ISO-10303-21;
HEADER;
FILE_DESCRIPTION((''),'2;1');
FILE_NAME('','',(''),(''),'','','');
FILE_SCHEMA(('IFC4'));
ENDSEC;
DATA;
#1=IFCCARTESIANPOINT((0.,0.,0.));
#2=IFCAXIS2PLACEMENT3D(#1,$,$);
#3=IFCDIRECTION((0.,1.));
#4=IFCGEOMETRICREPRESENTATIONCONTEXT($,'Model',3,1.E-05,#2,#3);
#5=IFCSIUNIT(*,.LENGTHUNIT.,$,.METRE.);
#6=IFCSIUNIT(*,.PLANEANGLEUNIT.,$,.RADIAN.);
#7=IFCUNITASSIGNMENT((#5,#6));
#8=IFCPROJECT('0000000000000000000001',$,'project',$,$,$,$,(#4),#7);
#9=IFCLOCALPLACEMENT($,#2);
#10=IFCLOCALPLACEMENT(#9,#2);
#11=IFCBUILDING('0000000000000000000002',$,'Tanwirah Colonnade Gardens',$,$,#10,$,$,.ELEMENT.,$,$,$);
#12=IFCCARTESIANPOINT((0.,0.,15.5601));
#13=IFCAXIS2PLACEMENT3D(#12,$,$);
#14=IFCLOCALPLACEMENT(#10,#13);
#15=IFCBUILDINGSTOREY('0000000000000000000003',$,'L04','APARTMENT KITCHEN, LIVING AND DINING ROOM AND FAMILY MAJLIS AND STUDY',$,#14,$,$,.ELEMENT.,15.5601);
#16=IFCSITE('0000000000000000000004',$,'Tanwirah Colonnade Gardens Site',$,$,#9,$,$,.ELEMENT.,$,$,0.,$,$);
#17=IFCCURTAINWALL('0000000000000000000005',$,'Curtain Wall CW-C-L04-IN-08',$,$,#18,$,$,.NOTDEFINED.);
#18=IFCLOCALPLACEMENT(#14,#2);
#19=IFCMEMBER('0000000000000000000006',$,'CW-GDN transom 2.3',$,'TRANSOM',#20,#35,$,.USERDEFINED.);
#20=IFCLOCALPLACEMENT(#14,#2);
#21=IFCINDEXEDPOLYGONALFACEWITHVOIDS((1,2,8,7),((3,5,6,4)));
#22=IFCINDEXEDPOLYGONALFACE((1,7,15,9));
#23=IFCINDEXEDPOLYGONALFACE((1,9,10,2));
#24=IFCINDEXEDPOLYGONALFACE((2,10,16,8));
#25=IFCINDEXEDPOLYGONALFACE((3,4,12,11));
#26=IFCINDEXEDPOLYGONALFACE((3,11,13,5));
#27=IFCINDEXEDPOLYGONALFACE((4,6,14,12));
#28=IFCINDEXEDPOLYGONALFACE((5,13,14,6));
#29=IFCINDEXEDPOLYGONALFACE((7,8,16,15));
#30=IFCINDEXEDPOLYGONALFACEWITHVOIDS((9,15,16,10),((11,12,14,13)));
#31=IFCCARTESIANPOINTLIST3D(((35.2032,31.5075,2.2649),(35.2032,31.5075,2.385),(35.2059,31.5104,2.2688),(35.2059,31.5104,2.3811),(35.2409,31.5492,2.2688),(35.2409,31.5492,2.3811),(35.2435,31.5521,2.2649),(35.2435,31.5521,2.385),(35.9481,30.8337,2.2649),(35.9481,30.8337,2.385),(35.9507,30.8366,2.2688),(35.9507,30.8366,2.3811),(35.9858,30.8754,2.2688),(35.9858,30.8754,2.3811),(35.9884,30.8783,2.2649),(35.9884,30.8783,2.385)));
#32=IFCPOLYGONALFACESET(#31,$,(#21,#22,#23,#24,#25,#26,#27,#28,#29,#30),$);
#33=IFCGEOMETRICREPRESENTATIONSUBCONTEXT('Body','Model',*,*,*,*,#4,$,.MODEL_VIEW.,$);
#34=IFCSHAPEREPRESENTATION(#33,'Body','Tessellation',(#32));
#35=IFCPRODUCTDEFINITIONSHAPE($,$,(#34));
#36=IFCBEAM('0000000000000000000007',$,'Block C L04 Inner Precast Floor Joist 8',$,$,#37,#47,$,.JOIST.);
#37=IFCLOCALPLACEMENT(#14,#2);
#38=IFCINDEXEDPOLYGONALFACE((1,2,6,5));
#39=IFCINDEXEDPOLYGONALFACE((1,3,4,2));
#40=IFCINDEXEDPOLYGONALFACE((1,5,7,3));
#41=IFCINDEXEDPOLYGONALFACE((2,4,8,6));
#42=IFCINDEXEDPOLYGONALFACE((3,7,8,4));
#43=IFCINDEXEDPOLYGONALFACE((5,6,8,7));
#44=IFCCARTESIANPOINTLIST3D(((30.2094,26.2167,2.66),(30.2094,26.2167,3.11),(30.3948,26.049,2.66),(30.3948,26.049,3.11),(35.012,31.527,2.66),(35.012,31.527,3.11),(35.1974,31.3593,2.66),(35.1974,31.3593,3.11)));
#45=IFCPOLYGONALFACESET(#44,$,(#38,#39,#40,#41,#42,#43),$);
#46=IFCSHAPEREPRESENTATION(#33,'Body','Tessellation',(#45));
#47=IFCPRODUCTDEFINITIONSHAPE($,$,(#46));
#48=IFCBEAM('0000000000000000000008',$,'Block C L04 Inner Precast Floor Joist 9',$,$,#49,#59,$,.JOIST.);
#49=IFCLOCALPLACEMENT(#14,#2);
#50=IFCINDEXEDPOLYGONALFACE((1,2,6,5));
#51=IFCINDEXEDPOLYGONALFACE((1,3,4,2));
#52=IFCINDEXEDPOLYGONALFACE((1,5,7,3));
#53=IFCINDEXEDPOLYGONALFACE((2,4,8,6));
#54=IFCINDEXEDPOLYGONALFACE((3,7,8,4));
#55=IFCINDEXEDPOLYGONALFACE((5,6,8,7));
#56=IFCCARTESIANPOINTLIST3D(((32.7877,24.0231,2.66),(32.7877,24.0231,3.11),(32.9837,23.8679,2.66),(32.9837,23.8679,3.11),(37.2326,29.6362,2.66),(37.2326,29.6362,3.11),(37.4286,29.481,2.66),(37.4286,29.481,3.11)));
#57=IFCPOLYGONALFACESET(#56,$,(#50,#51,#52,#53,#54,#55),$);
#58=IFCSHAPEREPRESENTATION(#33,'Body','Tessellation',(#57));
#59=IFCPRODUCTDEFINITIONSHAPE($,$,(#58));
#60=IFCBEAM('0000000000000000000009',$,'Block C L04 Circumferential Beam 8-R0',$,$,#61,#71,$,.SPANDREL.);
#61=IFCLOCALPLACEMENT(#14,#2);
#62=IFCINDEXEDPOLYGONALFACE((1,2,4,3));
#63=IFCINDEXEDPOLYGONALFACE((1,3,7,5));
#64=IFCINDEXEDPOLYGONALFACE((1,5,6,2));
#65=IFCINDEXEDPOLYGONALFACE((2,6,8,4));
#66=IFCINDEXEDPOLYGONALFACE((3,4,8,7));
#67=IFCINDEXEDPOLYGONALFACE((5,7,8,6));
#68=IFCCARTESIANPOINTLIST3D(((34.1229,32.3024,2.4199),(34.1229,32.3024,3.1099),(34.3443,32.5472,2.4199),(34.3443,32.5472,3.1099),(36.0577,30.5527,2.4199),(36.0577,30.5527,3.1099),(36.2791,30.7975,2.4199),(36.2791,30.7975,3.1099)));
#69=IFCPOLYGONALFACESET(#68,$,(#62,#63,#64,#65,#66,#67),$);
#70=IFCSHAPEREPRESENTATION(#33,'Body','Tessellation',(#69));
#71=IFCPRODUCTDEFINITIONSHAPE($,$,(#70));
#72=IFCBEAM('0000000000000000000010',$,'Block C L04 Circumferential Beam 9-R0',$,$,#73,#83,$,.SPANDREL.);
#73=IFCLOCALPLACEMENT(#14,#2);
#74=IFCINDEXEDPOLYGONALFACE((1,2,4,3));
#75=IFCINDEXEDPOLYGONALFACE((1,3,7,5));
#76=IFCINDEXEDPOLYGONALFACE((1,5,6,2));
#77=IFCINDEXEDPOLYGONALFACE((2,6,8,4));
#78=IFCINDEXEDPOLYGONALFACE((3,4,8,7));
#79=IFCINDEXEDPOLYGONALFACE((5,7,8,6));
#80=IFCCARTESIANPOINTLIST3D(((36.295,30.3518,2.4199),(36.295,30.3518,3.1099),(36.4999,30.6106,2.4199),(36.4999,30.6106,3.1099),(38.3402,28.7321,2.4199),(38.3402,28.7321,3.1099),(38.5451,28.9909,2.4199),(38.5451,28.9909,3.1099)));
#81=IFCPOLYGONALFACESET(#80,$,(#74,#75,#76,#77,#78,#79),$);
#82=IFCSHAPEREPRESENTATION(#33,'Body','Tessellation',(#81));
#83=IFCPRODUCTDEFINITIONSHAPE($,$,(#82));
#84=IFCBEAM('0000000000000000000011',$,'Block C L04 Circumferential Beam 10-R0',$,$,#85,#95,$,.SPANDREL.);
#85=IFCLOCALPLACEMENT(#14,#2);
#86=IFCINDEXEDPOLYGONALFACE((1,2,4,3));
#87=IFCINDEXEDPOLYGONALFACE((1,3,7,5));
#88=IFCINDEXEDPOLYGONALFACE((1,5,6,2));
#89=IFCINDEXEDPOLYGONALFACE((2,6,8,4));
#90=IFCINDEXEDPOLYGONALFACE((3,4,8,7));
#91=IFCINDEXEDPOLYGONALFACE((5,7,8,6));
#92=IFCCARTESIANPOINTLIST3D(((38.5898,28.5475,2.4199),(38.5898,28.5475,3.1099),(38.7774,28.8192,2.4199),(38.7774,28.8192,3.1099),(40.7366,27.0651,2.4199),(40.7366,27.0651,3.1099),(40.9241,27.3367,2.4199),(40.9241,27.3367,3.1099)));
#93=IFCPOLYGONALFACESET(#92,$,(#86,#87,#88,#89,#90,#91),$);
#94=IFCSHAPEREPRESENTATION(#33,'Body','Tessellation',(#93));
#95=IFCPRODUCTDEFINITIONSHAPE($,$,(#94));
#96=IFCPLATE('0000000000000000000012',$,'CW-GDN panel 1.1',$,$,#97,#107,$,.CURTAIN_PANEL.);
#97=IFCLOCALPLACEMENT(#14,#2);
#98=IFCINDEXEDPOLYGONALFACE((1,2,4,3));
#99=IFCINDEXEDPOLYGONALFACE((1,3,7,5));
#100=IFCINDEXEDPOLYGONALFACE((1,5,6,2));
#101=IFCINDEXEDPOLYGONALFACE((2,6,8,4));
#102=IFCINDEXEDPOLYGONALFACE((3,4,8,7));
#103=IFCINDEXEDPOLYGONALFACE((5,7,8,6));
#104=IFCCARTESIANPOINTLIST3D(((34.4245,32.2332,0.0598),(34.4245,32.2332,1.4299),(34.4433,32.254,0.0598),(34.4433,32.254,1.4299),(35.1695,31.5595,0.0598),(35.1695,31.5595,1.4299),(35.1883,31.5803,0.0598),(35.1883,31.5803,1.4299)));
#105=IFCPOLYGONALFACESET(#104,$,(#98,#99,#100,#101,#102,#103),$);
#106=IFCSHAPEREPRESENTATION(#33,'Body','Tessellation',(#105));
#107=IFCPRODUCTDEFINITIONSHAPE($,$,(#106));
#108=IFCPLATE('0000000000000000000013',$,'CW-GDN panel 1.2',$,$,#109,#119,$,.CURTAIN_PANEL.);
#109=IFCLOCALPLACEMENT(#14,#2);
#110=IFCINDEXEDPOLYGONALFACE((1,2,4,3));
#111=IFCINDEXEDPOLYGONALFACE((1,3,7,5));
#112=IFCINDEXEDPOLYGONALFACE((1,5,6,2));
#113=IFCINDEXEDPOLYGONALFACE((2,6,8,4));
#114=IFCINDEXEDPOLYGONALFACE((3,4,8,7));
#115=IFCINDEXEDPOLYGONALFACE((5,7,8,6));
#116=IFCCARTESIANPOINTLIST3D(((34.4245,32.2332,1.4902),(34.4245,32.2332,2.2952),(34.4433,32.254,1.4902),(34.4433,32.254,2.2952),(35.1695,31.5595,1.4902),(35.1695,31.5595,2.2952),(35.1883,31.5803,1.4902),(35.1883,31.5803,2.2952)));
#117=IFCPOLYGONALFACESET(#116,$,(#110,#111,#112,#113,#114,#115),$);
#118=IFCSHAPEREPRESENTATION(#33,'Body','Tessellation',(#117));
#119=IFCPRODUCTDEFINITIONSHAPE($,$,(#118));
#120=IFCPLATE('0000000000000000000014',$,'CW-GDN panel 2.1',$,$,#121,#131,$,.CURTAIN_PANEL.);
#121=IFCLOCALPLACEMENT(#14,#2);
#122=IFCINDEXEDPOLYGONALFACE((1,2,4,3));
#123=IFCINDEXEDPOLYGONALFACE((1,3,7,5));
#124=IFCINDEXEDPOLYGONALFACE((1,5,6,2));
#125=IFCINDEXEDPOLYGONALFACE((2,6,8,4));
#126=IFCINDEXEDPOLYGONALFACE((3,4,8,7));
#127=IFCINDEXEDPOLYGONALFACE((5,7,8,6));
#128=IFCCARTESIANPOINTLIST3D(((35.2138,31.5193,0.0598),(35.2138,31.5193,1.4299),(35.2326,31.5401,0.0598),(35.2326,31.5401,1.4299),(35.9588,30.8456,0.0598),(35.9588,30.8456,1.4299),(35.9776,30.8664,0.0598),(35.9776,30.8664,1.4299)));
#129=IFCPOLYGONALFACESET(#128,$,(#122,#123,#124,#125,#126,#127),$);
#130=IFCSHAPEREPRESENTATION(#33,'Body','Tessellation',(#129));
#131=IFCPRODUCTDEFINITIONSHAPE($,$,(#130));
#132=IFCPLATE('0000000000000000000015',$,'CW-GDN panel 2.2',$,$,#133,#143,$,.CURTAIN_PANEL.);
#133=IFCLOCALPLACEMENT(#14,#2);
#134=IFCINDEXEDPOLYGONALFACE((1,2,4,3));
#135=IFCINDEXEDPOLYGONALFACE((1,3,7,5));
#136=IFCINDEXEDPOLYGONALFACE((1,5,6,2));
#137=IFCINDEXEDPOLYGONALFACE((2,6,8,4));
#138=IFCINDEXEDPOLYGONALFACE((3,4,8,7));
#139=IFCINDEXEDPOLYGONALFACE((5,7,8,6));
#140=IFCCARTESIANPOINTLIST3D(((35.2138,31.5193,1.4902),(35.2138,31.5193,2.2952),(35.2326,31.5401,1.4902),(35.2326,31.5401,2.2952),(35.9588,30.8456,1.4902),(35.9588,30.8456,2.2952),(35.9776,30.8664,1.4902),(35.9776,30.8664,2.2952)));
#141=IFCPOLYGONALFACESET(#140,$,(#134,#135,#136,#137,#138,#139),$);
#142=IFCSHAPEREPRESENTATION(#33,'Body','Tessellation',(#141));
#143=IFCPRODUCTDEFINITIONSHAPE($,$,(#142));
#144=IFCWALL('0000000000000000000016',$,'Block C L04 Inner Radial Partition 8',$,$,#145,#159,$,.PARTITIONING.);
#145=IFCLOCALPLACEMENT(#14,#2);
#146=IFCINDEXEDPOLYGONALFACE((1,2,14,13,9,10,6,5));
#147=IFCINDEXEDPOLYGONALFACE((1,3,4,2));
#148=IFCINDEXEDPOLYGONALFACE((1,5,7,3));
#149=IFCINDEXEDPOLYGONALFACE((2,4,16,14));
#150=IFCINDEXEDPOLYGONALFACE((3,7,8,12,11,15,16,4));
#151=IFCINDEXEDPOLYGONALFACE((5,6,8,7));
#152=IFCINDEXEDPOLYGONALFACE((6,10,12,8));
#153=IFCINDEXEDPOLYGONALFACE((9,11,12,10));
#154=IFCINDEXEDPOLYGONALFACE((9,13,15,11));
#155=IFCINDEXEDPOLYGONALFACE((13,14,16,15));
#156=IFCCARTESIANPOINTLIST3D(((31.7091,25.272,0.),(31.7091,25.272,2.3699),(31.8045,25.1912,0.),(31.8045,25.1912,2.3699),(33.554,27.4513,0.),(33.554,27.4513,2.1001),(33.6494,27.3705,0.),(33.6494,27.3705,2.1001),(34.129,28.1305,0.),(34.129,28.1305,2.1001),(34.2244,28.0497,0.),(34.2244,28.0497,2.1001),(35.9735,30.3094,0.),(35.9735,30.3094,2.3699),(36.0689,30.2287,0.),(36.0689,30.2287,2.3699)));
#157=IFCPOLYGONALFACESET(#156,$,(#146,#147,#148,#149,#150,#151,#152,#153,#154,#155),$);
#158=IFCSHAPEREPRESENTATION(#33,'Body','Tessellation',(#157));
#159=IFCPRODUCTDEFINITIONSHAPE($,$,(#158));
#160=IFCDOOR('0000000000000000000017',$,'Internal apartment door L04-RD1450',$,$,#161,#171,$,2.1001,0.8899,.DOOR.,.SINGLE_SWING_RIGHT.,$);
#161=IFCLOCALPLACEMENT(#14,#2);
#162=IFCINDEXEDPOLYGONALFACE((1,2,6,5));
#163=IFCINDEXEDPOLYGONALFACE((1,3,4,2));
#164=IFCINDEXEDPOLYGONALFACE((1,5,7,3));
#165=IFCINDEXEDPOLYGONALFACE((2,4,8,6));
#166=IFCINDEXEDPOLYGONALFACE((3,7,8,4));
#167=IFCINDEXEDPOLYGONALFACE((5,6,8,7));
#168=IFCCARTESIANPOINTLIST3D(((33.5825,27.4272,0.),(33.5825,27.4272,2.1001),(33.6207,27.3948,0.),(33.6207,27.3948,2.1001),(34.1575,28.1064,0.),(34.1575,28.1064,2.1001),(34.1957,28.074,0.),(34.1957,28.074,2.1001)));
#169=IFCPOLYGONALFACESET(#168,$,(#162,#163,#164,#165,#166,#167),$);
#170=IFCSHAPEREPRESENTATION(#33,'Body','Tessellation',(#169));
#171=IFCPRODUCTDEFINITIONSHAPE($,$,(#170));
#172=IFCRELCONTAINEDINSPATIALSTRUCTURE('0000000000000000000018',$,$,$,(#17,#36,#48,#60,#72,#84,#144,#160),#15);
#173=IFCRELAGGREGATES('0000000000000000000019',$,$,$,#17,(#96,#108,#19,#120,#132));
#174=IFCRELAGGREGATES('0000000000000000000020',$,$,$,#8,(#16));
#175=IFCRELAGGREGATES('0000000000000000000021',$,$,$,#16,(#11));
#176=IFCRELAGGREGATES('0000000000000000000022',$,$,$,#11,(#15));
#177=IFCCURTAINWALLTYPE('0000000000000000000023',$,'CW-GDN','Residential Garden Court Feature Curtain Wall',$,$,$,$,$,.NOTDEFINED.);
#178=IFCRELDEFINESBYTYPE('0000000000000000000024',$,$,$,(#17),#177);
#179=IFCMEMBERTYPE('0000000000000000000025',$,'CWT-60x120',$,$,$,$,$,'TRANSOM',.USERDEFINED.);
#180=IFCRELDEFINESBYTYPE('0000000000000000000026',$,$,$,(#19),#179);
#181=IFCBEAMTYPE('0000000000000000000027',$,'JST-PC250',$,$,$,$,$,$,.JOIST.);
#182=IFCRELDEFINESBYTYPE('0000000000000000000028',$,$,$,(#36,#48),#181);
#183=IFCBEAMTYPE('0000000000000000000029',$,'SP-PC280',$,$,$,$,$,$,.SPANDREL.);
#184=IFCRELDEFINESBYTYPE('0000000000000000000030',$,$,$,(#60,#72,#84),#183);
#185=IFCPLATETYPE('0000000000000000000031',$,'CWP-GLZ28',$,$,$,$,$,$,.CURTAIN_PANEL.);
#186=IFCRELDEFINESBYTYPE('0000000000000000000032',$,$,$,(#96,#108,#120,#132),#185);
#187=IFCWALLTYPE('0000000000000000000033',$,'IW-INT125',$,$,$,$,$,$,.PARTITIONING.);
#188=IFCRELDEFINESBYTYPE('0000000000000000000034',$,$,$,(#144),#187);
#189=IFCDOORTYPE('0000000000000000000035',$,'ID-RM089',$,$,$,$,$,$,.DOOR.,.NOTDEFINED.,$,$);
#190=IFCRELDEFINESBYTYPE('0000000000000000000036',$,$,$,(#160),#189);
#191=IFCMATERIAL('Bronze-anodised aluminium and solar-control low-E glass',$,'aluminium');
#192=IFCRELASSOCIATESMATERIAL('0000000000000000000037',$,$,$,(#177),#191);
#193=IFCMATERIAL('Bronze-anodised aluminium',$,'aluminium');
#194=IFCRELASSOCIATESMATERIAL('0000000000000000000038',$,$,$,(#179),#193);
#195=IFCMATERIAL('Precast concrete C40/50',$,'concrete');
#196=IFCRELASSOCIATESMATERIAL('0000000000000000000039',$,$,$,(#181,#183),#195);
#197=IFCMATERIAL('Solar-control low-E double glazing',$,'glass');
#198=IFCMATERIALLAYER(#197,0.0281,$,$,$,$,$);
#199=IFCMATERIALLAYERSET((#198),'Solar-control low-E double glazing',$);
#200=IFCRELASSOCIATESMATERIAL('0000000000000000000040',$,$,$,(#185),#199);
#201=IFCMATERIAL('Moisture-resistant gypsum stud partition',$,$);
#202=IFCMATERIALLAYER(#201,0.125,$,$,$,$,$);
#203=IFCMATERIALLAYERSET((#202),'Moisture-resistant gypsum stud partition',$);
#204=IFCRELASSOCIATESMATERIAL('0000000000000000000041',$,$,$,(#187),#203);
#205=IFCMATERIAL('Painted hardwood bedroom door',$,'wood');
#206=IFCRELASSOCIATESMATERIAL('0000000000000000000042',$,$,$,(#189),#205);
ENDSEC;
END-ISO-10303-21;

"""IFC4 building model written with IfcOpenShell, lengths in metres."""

from ifc_helpers import new_model, si_unit, direction, frame, frame_2d, origin, origin_2d, place, context, subcontext, project, spatial, rectangle, hollow_rectangle, extrude, material, layer, layer_set, material_profile, profile_set, type_object, element, fill, aggregate, save


model = new_model("IFC4")

# Units and contexts
model_context = context("Model", 3, precision=1e-05, world=origin(), true_north=direction((0.0, 1.0)))
body_context = subcontext(model_context, "Body", "Model", "MODEL_VIEW")
ifc_project = project(units=[si_unit("LENGTHUNIT", "METRE"), si_unit("PLANEANGLEUNIT", "RADIAN")], contexts=[model_context])

# Site, building, storey
site_placement = place(None, origin())
site = spatial("IfcSite", under=ifc_project, at=site_placement, Name="Tanwirah Colonnade Gardens Site", CompositionType="ELEMENT", RefElevation=0.0)
building_placement = place(site_placement, origin())
building = spatial("IfcBuilding", under=site, at=building_placement, Name="Tanwirah Colonnade Gardens", CompositionType="ELEMENT")
storey_placement = place(building_placement, frame((0.0, 0.0, 15.5601)))
storey = spatial("IfcBuildingStorey", under=building, at=storey_placement, Name="L04", Description="APARTMENT KITCHEN, LIVING AND DINING ROOM AND FAMILY MAJLIS AND STUDY", CompositionType="ELEMENT", Elevation=15.5601)

# Shared definitions
ifc_material_1 = material(Name="Precast concrete C40/50", Category="concrete")

# Curtain wall, member
ifc_material_2 = material(Name="Bronze-anodised aluminium and solar-control low-E glass", Category="aluminium")
curtain_wall_type = type_object("IfcCurtainWallType", Name="CW-GDN", Description="Residential Garden Court Feature Curtain Wall", PredefinedType="NOTDEFINED", material=ifc_material_2)
curtain_wall_placement = place(storey_placement, origin())
curtain_wall = element("IfcCurtainWall", 1, at=curtain_wall_placement, inside=storey, type_object=curtain_wall_type, Name="Curtain Wall CW-C-L04-IN-08", PredefinedType="NOTDEFINED")
ifc_material_3 = material(Name="Bronze-anodised aluminium", Category="aluminium")
ifc_material_profile_1 = material_profile(ifc_material_3, hollow_rectangle(XDim=0.0601, YDim=0.1201, WallThickness=0.0039, at=origin_2d()), Name="CW-TRN 60x120x4")
ifc_profile_set_1 = profile_set([ifc_material_profile_1], Name="Bronze-anodised aluminium")
member_type_1 = type_object("IfcMemberType", Name="CWT-60x120", ElementType="TRANSOM", PredefinedType="USERDEFINED", material=ifc_profile_set_1)
member_1_placement = place(storey_placement, frame((35.2234, 31.5298, 2.325), z_axis=(0.741588, -0.670856, 0.0), x_axis=(0.670856, 0.741588, 0.0)))
member_1 = element("IfcMember", 2, at=member_1_placement, type_object=member_type_1, Name="CW-GDN transom 2.3", ObjectType="TRANSOM", PredefinedType="USERDEFINED", context=body_context, shape_type="SweptSolid", body=[
    extrude(hollow_rectangle(XDim=0.0601, YDim=0.1201, WallThickness=0.0039, at=origin_2d()), origin(), (0.0, 0.0, 1.0), 1.0044),
])

# Beams
ifc_material_profile_2 = material_profile(ifc_material_1, rectangle(XDim=0.25, YDim=0.45, at=origin_2d()), Name="PC-JST 250x450")
ifc_profile_set_2 = profile_set([ifc_material_profile_2], Name="Precast concrete C40/50")
beam_type_1 = type_object("IfcBeamType", Name="JST-PC250", PredefinedType="JOIST", material=ifc_profile_set_2)
for number, where, z_axis, x_axis, name in (
    (3, (35.1047, 31.4431, 2.885), (-0.670773, -0.741663, 0.0), (0.741663, -0.670773, 0.0), "Block C L04 Inner Precast Floor Joist 8"),
    (4, (37.3306, 29.5586, 2.885), (-0.620803, -0.783966, 0.0), (0.783966, -0.620803, 0.0), "Block C L04 Inner Precast Floor Joist 9"),
):
    element("IfcBeam", number, at=place(storey_placement, frame(where, z_axis=z_axis, x_axis=x_axis)), inside=storey, type_object=beam_type_1, Name=name, PredefinedType="JOIST", context=body_context, shape_type="SweptSolid", body=[
        extrude(rectangle(XDim=0.25, YDim=0.45, at=origin_2d()), origin(), (0.0, 0.0, 1.0), 7.1599),
    ])
ifc_material_profile_3 = material_profile(ifc_material_1, rectangle(XDim=0.3301, YDim=0.6899, at=origin_2d()), Name="PC-SP 330x690")
ifc_profile_set_3 = profile_set([ifc_material_profile_3], Name="Precast concrete C40/50")
beam_type_2 = type_object("IfcBeamType", Name="SP-PC280", PredefinedType="SPANDREL", material=ifc_profile_set_3)
beam_placement = place(storey_placement, frame((34.2336, 32.4248, 2.7649), z_axis=(0.741687, -0.670747, 0.0), x_axis=(0.670747, 0.741687, 0.0)))
element("IfcBeam", 5, at=beam_placement, inside=storey, type_object=beam_type_2, Name="Block C L04 Circumferential Beam 8-R0", PredefinedType="SPANDREL", context=body_context, shape_type="SweptSolid", body=[
    extrude(rectangle(XDim=0.3301, YDim=0.6899, at=origin_2d()), origin(), (0.0, 0.0, 1.0), 2.6086),
])
for number, where, z_axis, x_axis, name in (
    (6, (36.3975, 30.4812, 2.7649), (0.783945, -0.62083, 0.0), (0.62083, 0.783945, 0.0), "Block C L04 Circumferential Beam 9-R0"),
    (7, (38.6836, 28.6833, 2.7649), (0.822869, -0.568231, 0.0), (0.568231, 0.822869, 0.0), "Block C L04 Circumferential Beam 10-R0"),
):
    element("IfcBeam", number, at=place(storey_placement, frame(where, z_axis=z_axis, x_axis=x_axis)), inside=storey, type_object=beam_type_2, Name=name, PredefinedType="SPANDREL", context=body_context, shape_type="SweptSolid", body=[
        extrude(rectangle(XDim=0.3301, YDim=0.6899, at=origin_2d()), origin(), (0.0, 0.0, 1.0), 2.6089),
    ])

# Plates
ifc_material_4 = material(Name="Solar-control low-E double glazing", Category="glass")
ifc_layer_1 = layer(ifc_material_4, 0.0281)
ifc_layer_set_1 = layer_set([ifc_layer_1], Name="Solar-control low-E double glazing")
plate_type = type_object("IfcPlateType", Name="CWP-GLZ28", PredefinedType="CURTAIN_PANEL", material=ifc_layer_set_1)
plate_1_placement = place(storey_placement, frame((34.8064, 31.9067, 0.0598), z_axis=(0.0, 0.0, 1.0), x_axis=(0.741683, -0.670751, 0.0)))
plate_1 = element("IfcPlate", 8, at=plate_1_placement, type_object=plate_type, Name="CW-GDN panel 1.1", PredefinedType="CURTAIN_PANEL", context=body_context, shape_type="SweptSolid", body=[
    extrude(rectangle(XDim=1.0044, YDim=0.0281, at=origin_2d()), origin(), (0.0, 0.0, 1.0), 1.3701),
])
plate_2_placement = place(storey_placement, frame((34.8064, 31.9067, 1.4902), z_axis=(0.0, 0.0, 1.0), x_axis=(0.741683, -0.670751, 0.0)))
plate_2 = element("IfcPlate", 9, at=plate_2_placement, type_object=plate_type, Name="CW-GDN panel 1.2", PredefinedType="CURTAIN_PANEL", context=body_context, shape_type="SweptSolid", body=[
    extrude(rectangle(XDim=1.0044, YDim=0.0281, at=origin_2d()), origin(), (0.0, 0.0, 1.0), 0.8049),
])
plate_3_placement = place(storey_placement, frame((35.5957, 31.1929, 0.0598), z_axis=(0.0, 0.0, 1.0), x_axis=(0.741683, -0.670751, 0.0)))
plate_3 = element("IfcPlate", 10, at=plate_3_placement, type_object=plate_type, Name="CW-GDN panel 2.1", PredefinedType="CURTAIN_PANEL", context=body_context, shape_type="SweptSolid", body=[
    extrude(rectangle(XDim=1.0044, YDim=0.0281, at=origin_2d()), origin(), (0.0, 0.0, 1.0), 1.3701),
])
plate_4_placement = place(storey_placement, frame((35.5957, 31.1929, 1.4902), z_axis=(0.0, 0.0, 1.0), x_axis=(0.741683, -0.670751, 0.0)))
plate_4 = element("IfcPlate", 11, at=plate_4_placement, type_object=plate_type, Name="CW-GDN panel 2.2", PredefinedType="CURTAIN_PANEL", context=body_context, shape_type="SweptSolid", body=[
    extrude(rectangle(XDim=1.0044, YDim=0.0281, at=origin_2d()), origin(), (0.0, 0.0, 1.0), 0.8049),
])
aggregate(curtain_wall, [plate_1, plate_2, member_1, plate_3, plate_4])

# Wall, opening, door
ifc_material_5 = material(Name="Moisture-resistant gypsum stud partition")
ifc_layer_2 = layer(ifc_material_5, 0.125)
ifc_layer_set_2 = layer_set([ifc_layer_2], Name="Moisture-resistant gypsum stud partition")
wall_type = type_object("IfcWallType", Name="IW-INT125", PredefinedType="PARTITIONING", material=ifc_layer_set_2)
wall_placement = place(storey_placement, frame((36.0212, 30.269, 0.0), z_axis=(0.0, 0.0, 1.0), x_axis=(-0.646121, -0.763235, 0.0)))
wall = element("IfcWall", 12, at=wall_placement, inside=storey, type_object=wall_type, Name="Block C L04 Inner Radial Partition 8", PredefinedType="PARTITIONING", context=body_context, shape_type="SweptSolid", body=[
    extrude(rectangle(XDim=6.6001, YDim=0.125, at=frame_2d((3.3, 0.0))), origin(), (0.0, 0.0, 1.0), 2.3699),
])
opening_placement = place(wall_placement, frame((2.855, 0.0, 0.0)))
opening = element("IfcOpeningElement", 13, at=opening_placement, cuts=wall, PredefinedType="OPENING", context=body_context, shape_type="SweptSolid", body=[
    extrude(rectangle(XDim=0.8899, YDim=2.1001, at=frame_2d((0.4448, 1.05))), frame((0.0, 0.0725, 0.0), z_axis=(0.0, -1.0, 0.0), x_axis=(1.0, 0.0, 0.0)), (0.0, 0.0, 1.0), 0.145),
])
ifc_material_6 = material(Name="Painted hardwood bedroom door", Category="wood")
door_type = type_object("IfcDoorType", Name="ID-RM089", OperationType="NOTDEFINED", PredefinedType="DOOR", material=ifc_material_6)
door_placement = place(opening_placement, origin())
door = element("IfcDoor", 14, at=door_placement, inside=storey, type_object=door_type, Name="Internal apartment door L04-RD1450", OperationType="SINGLE_SWING_RIGHT", OverallHeight=2.1001, OverallWidth=0.8899, PredefinedType="DOOR", context=body_context, shape_type="SweptSolid", body=[
    extrude(rectangle(XDim=0.8899, YDim=2.1001, at=frame_2d((0.4448, 1.05))), frame((0.0, 0.0249, 0.0), z_axis=(0.0, -1.0, 0.0), x_axis=(1.0, 0.0, 0.0)), (0.0, 0.0, 1.0), 0.05),
])
fill(opening, door)

save(model, "model.ifc")
